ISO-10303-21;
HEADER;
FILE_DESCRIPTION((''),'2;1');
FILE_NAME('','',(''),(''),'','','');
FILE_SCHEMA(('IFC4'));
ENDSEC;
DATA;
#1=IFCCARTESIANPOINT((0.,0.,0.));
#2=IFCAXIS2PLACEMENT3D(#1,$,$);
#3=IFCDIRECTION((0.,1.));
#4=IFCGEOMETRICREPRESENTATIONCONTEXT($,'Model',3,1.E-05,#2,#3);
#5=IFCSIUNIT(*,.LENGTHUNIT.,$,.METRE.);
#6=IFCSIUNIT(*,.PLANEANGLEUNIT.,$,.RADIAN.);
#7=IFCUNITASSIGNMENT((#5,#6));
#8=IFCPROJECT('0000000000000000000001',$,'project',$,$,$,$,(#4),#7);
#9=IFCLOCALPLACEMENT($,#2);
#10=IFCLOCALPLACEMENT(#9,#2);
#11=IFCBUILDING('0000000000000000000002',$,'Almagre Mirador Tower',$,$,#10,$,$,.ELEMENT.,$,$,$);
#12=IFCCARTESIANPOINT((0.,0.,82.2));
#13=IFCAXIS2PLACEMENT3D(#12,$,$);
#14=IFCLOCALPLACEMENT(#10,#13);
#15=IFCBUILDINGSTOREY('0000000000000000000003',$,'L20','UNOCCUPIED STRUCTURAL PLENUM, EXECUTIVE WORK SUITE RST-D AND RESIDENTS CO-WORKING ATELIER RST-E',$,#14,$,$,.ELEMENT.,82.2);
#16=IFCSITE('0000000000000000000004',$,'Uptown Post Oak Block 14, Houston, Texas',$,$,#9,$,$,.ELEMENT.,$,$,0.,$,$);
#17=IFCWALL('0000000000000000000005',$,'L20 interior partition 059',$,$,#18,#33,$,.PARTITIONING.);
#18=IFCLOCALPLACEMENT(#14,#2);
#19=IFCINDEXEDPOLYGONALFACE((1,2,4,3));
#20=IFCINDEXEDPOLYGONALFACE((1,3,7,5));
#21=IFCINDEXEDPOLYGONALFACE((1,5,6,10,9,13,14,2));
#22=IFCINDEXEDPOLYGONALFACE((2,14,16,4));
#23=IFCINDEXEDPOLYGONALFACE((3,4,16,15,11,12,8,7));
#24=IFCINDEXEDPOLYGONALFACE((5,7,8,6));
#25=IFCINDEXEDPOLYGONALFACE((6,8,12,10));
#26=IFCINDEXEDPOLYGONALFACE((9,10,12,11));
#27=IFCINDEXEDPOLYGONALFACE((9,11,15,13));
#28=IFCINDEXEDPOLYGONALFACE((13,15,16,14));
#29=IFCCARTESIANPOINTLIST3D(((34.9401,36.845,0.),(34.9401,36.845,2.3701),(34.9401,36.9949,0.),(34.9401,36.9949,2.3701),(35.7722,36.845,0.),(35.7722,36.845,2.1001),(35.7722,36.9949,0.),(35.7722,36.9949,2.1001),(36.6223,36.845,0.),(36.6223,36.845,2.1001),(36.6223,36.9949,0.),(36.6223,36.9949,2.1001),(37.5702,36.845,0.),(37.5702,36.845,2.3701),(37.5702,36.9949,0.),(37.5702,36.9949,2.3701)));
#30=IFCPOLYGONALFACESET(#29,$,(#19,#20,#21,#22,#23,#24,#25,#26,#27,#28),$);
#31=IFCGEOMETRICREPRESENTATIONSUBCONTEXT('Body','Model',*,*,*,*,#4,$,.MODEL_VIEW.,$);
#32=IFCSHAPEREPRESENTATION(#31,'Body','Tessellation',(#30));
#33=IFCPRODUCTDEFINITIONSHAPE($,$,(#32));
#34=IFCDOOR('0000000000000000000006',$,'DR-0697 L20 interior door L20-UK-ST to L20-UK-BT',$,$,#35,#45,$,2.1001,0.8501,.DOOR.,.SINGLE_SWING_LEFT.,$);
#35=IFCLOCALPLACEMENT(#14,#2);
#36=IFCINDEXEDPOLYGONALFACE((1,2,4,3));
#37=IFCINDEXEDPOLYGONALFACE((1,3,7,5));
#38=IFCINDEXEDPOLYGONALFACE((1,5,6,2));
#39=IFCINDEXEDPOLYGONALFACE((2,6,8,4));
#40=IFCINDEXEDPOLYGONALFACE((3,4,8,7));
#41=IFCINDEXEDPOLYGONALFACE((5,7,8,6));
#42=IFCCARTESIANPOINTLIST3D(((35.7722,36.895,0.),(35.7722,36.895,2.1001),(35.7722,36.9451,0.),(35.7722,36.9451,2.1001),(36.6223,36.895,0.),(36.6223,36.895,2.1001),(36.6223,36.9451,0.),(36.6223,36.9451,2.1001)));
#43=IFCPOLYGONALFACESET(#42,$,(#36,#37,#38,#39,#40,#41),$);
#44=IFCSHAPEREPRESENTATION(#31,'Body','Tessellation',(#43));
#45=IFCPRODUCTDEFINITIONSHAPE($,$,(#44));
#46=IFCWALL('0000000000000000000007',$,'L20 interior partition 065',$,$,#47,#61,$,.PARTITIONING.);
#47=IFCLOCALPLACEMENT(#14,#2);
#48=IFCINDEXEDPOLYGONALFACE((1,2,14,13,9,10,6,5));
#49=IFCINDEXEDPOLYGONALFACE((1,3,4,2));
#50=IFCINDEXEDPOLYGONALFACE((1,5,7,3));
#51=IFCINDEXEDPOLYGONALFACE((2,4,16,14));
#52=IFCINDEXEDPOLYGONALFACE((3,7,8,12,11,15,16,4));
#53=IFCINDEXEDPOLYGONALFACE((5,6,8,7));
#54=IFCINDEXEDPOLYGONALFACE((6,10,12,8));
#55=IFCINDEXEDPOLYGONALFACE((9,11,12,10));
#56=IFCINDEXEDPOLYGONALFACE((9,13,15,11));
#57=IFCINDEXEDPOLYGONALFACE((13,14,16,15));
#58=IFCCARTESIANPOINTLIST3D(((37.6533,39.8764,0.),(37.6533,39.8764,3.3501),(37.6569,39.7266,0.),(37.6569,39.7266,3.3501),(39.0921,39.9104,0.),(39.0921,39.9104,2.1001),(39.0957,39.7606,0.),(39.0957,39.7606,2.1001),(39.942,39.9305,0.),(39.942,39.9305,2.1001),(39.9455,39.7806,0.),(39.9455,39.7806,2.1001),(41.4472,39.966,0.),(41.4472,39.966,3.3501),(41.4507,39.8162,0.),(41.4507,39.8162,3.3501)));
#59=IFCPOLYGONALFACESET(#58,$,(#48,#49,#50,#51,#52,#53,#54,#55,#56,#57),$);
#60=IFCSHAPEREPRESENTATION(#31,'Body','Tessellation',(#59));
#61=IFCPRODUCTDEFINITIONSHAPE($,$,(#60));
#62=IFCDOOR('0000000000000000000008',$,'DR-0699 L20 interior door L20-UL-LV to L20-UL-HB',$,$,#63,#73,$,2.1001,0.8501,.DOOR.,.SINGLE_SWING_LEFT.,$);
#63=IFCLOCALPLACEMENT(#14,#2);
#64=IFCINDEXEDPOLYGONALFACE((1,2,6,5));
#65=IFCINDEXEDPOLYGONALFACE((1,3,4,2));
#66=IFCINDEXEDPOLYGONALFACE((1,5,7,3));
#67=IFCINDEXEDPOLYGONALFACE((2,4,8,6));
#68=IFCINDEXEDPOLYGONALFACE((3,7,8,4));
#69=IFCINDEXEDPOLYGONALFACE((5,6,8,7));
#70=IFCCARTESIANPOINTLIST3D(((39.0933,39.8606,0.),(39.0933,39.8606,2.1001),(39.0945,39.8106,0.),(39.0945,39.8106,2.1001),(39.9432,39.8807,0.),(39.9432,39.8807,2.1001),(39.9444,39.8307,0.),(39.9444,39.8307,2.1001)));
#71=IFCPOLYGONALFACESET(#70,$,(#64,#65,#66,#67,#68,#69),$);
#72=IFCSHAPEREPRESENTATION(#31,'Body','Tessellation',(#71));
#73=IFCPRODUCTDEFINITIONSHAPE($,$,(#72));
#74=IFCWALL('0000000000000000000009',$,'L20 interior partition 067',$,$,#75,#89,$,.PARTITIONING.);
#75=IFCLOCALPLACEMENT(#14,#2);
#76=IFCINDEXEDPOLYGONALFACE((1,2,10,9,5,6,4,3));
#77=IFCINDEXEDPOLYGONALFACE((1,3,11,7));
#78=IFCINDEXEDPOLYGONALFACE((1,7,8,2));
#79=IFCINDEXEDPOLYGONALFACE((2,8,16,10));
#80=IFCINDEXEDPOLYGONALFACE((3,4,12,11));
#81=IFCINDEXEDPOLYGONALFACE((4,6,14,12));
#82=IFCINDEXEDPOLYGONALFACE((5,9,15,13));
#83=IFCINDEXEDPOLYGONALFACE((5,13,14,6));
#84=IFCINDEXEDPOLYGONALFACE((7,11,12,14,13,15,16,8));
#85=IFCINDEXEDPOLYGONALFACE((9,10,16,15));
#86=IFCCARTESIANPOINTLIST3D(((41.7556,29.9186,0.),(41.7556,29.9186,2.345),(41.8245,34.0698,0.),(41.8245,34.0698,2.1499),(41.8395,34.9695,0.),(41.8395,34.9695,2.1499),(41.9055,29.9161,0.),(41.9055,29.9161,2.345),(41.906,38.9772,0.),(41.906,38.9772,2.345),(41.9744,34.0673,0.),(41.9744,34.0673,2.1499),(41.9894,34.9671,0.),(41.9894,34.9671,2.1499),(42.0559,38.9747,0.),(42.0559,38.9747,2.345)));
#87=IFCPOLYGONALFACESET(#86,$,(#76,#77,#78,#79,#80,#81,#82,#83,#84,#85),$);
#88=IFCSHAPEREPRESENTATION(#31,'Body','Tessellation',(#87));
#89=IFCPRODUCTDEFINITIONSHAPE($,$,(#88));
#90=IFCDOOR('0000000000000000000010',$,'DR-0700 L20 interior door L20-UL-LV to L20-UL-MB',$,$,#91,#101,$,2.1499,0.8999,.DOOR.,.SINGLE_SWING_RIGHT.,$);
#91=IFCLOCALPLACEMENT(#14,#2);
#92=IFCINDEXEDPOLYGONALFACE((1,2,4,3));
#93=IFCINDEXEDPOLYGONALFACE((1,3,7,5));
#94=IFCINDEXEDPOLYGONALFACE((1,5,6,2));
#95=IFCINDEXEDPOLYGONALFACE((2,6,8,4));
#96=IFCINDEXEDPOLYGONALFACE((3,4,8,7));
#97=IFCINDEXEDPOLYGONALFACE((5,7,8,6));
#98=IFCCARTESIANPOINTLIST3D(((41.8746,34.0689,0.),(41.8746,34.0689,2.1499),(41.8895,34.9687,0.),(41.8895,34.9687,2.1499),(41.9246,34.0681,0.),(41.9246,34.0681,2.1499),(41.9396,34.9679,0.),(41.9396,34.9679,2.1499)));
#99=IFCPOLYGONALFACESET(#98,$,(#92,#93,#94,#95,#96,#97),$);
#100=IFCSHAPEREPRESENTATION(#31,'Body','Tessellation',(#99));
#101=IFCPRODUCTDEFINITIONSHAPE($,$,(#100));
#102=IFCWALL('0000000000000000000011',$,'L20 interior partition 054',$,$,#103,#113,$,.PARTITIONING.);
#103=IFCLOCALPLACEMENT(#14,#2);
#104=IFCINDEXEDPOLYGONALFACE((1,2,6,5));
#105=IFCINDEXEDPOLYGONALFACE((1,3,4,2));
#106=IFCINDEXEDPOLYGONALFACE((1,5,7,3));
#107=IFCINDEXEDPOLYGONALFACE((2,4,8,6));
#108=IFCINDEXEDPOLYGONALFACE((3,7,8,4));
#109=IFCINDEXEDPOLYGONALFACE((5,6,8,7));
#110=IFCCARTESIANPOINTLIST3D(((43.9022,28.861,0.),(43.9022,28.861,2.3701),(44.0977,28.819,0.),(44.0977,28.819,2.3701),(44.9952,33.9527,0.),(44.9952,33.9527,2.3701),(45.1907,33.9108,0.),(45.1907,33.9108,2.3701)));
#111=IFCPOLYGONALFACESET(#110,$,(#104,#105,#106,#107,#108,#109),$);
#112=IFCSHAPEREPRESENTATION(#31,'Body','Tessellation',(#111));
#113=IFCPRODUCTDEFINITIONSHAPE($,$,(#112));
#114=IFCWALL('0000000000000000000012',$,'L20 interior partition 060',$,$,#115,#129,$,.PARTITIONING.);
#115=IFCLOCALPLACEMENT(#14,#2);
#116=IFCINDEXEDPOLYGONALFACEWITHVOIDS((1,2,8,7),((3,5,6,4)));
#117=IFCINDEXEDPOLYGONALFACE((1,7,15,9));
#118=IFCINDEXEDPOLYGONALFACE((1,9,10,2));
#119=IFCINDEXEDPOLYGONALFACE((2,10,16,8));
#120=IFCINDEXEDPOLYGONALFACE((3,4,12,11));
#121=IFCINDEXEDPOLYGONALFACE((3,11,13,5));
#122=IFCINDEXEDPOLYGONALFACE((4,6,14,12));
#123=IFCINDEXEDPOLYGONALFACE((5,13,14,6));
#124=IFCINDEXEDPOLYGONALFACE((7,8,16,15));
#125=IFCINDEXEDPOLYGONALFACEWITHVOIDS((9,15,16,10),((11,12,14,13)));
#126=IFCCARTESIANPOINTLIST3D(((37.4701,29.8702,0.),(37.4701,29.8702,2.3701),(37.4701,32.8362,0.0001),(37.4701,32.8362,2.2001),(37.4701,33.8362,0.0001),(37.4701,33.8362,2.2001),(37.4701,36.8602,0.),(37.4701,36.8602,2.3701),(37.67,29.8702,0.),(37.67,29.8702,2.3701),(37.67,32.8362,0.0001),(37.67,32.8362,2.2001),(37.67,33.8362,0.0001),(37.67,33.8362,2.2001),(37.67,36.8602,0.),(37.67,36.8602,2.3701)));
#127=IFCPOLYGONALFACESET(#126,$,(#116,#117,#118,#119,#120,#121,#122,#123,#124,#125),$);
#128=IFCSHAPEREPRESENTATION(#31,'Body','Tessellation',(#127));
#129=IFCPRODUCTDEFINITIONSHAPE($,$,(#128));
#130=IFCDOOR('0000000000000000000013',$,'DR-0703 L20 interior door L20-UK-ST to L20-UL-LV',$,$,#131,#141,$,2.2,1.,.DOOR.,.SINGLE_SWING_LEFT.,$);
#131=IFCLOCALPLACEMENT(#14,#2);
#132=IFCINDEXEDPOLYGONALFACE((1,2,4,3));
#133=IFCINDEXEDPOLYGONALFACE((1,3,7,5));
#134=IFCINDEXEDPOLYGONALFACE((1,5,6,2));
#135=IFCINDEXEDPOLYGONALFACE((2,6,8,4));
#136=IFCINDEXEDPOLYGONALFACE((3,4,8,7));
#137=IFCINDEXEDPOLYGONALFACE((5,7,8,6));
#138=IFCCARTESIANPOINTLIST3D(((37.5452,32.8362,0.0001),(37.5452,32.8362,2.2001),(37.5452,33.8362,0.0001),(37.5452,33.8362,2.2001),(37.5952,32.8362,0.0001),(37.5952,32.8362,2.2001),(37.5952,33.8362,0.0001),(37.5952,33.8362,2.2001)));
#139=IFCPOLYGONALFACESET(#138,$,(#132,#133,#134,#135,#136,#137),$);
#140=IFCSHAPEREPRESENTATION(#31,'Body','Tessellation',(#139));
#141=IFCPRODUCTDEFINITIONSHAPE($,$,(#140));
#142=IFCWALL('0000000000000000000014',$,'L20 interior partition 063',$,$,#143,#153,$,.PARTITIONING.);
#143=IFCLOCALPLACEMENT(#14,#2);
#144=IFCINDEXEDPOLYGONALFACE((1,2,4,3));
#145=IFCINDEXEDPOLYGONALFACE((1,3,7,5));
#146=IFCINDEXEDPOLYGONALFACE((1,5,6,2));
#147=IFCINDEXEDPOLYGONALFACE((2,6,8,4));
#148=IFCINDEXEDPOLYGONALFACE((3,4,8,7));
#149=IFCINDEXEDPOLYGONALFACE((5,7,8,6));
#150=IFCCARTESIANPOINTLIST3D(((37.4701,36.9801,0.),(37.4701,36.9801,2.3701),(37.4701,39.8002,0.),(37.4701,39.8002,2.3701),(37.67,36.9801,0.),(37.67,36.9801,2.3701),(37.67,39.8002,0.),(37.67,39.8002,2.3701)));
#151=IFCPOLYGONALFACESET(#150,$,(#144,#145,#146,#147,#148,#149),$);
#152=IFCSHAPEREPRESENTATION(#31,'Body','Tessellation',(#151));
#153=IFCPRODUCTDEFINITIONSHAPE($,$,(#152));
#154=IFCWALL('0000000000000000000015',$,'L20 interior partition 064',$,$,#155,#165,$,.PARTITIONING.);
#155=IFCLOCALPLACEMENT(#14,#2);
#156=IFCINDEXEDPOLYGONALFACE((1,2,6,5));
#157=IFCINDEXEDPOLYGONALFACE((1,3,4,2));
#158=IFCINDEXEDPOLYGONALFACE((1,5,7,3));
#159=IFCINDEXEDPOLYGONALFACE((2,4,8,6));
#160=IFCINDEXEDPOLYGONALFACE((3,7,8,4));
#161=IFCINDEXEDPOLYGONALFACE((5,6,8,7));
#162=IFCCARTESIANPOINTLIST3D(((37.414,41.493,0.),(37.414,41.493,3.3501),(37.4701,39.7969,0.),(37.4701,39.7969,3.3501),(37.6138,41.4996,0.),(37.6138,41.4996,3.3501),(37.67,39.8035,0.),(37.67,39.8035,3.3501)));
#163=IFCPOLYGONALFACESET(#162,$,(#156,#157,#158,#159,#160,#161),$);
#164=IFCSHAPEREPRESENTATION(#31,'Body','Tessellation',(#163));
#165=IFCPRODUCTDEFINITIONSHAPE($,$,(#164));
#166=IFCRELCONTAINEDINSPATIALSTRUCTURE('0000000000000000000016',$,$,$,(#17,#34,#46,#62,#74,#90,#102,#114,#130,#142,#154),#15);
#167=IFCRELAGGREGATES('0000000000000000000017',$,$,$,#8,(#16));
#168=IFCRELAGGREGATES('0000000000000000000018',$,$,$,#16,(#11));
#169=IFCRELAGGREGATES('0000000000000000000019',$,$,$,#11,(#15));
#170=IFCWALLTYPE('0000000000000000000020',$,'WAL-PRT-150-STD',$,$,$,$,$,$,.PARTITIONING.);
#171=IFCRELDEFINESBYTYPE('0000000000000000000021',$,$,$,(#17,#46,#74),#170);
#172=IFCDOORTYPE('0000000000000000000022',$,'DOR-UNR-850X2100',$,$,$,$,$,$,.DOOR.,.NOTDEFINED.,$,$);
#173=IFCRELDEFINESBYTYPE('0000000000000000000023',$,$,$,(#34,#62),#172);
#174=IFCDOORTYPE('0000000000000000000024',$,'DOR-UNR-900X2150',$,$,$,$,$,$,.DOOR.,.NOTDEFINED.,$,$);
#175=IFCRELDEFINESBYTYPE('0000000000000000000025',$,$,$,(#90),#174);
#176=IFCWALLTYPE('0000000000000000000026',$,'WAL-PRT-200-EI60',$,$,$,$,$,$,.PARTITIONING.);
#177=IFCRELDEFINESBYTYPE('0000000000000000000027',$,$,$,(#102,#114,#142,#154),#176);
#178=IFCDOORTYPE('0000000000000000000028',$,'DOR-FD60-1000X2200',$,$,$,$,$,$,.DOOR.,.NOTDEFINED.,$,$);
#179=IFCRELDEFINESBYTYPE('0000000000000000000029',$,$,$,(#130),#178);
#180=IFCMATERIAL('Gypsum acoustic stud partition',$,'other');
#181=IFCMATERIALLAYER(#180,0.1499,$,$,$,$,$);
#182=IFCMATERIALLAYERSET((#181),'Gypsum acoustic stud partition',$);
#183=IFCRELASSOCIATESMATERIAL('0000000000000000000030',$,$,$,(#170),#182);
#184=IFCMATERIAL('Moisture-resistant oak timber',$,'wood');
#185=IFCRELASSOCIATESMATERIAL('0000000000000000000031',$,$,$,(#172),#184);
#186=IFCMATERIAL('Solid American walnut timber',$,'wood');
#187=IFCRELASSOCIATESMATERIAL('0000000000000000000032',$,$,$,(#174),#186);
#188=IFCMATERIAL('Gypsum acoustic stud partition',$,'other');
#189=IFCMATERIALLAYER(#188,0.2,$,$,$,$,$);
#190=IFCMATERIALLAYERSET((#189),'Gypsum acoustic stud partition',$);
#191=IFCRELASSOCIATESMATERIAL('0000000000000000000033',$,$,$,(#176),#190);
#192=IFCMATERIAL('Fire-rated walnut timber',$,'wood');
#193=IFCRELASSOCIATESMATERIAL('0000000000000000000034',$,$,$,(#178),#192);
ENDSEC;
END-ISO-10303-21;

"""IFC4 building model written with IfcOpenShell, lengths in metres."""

from ifc_helpers import new_model, si_unit, direction, frame, frame_2d, origin, place, context, subcontext, project, spatial, rectangle, extrude, material, layer, layer_set, type_object, element, fill, save


model = new_model("IFC4")

# Units and contexts
model_context = context("Model", 3, precision=1e-05, world=origin(), true_north=direction((0.0, 1.0)))
body_context = subcontext(model_context, "Body", "Model", "MODEL_VIEW")
ifc_project = project(units=[si_unit("LENGTHUNIT", "METRE"), si_unit("PLANEANGLEUNIT", "RADIAN")], contexts=[model_context])

# Site, building, storey
site_placement = place(None, origin())
site = spatial("IfcSite", under=ifc_project, at=site_placement, Name="Uptown Post Oak Block 14, Houston, Texas", CompositionType="ELEMENT", RefElevation=0.0)
building_placement = place(site_placement, origin())
building = spatial("IfcBuilding", under=site, at=building_placement, Name="Almagre Mirador Tower", CompositionType="ELEMENT")
storey_placement = place(building_placement, frame((0.0, 0.0, 82.2)))
storey = spatial("IfcBuildingStorey", under=building, at=storey_placement, Name="L20", Description="UNOCCUPIED STRUCTURAL PLENUM, EXECUTIVE WORK SUITE RST-D AND RESIDENTS CO-WORKING ATELIER RST-E", CompositionType="ELEMENT", Elevation=82.2)

# Walls, openings, doors
ifc_material_1 = material(Name="Gypsum acoustic stud partition", Category="other")
ifc_layer_1 = layer(ifc_material_1, 0.1499)
ifc_layer_set_1 = layer_set([ifc_layer_1], Name="Gypsum acoustic stud partition")
wall_type_1 = type_object("IfcWallType", Name="WAL-PRT-150-STD", PredefinedType="PARTITIONING", material=ifc_layer_set_1)
wall_1_placement = place(storey_placement, frame((37.5701, 36.9199, 0.0), z_axis=(0.0, 0.0, 1.0), x_axis=(-1.0, 0.0, 0.0)))
wall_1 = element("IfcWall", 1, at=wall_1_placement, inside=storey, type_object=wall_type_1, Name="L20 interior partition 059", PredefinedType="PARTITIONING", context=body_context, shape_type="SweptSolid", body=[
    extrude(rectangle(XDim=2.6301, YDim=0.1499, at=frame_2d((1.3149, 0.0))), origin(), (0.0, 0.0, 1.0), 2.3701),
])
opening_1_placement = place(wall_1_placement, frame((0.9478, 0.0, 0.0)))
opening_1 = element("IfcOpeningElement", 2, at=opening_1_placement, cuts=wall_1, PredefinedType="OPENING", context=body_context, shape_type="SweptSolid", body=[
    extrude(rectangle(XDim=0.8501, YDim=2.1001, at=frame_2d((0.425, 1.05))), frame((0.0, 0.085, 0.0), z_axis=(0.0, -1.0, 0.0), x_axis=(1.0, 0.0, 0.0)), (0.0, 0.0, 1.0), 0.1699),
])
ifc_material_2 = material(Name="Moisture-resistant oak timber", Category="wood")
door_type_1 = type_object("IfcDoorType", Name="DOR-UNR-850X2100", OperationType="NOTDEFINED", PredefinedType="DOOR", material=ifc_material_2)
door_1_placement = place(opening_1_placement, origin())
door_1 = element("IfcDoor", 3, at=door_1_placement, inside=storey, type_object=door_type_1, Name="DR-0697 L20 interior door L20-UK-ST to L20-UK-BT", OperationType="SINGLE_SWING_LEFT", OverallHeight=2.1001, OverallWidth=0.8501, PredefinedType="DOOR", context=body_context, shape_type="SweptSolid", body=[
    extrude(rectangle(XDim=0.8501, YDim=2.1001, at=frame_2d((0.425, 1.05))), frame((0.0, 0.0249, 0.0), z_axis=(0.0, -1.0, 0.0), x_axis=(1.0, 0.0, 0.0)), (0.0, 0.0, 1.0), 0.05),
])
fill(opening_1, door_1)
wall_2_placement = place(storey_placement, frame((41.449, 39.8911, 0.0), z_axis=(0.0, 0.0, 1.0), x_axis=(-0.999721, -0.02361, 0.0)))
wall_2 = element("IfcWall", 4, at=wall_2_placement, inside=storey, type_object=wall_type_1, Name="L20 interior partition 065", PredefinedType="PARTITIONING", context=body_context, shape_type="SweptSolid", body=[
    extrude(rectangle(XDim=3.7949, YDim=0.1499, at=frame_2d((1.8975, 0.0))), origin(), (0.0, 0.0, 1.0), 3.3501),
])
opening_2_placement = place(wall_2_placement, frame((1.5056, 0.0, 0.0)))
opening_2 = element("IfcOpeningElement", 5, at=opening_2_placement, cuts=wall_2, PredefinedType="OPENING", context=body_context, shape_type="SweptSolid", body=[
    extrude(rectangle(XDim=0.8501, YDim=2.1001, at=frame_2d((0.425, 1.05))), frame((0.0, 0.085, 0.0), z_axis=(0.0, -1.0, 0.0), x_axis=(1.0, 0.0, 0.0)), (0.0, 0.0, 1.0), 0.1699),
])
door_2_placement = place(opening_2_placement, origin())
door_2 = element("IfcDoor", 6, at=door_2_placement, inside=storey, type_object=door_type_1, Name="DR-0699 L20 interior door L20-UL-LV to L20-UL-HB", OperationType="SINGLE_SWING_LEFT", OverallHeight=2.1001, OverallWidth=0.8501, PredefinedType="DOOR", context=body_context, shape_type="SweptSolid", body=[
    extrude(rectangle(XDim=0.8501, YDim=2.1001, at=frame_2d((0.425, 1.05))), frame((0.0, 0.0249, 0.0), z_axis=(0.0, -1.0, 0.0), x_axis=(1.0, 0.0, 0.0)), (0.0, 0.0, 1.0), 0.05),
])
fill(opening_2, door_2)
wall_3_placement = place(storey_placement, frame((41.8306, 29.9175, 0.0), z_axis=(0.0, 0.0, 1.0), x_axis=(0.0166, 0.999862, 0.0)))
wall_3 = element("IfcWall", 7, at=wall_3_placement, inside=storey, type_object=wall_type_1, Name="L20 interior partition 067", PredefinedType="PARTITIONING", context=body_context, shape_type="SweptSolid", body=[
    extrude(rectangle(XDim=9.0598, YDim=0.1499, at=frame_2d((4.5298, 0.0))), origin(), (0.0, 0.0, 1.0), 2.345),
])
opening_3_placement = place(wall_3_placement, frame((4.1516, 0.0, 0.0)))
opening_3 = element("IfcOpeningElement", 8, at=opening_3_placement, cuts=wall_3, PredefinedType="OPENING", context=body_context, shape_type="SweptSolid", body=[
    extrude(rectangle(XDim=0.8999, YDim=2.1499, at=frame_2d((0.45, 1.075))), frame((0.0, 0.085, 0.0), z_axis=(0.0, -1.0, 0.0), x_axis=(1.0, 0.0, 0.0)), (0.0, 0.0, 1.0), 0.1699),
])
ifc_material_3 = material(Name="Solid American walnut timber", Category="wood")
door_type_2 = type_object("IfcDoorType", Name="DOR-UNR-900X2150", OperationType="NOTDEFINED", PredefinedType="DOOR", material=ifc_material_3)
door_3_placement = place(opening_3_placement, origin())
door_3 = element("IfcDoor", 9, at=door_3_placement, inside=storey, type_object=door_type_2, Name="DR-0700 L20 interior door L20-UL-LV to L20-UL-MB", OperationType="SINGLE_SWING_RIGHT", OverallHeight=2.1499, OverallWidth=0.8999, PredefinedType="DOOR", context=body_context, shape_type="SweptSolid", body=[
    extrude(rectangle(XDim=0.8999, YDim=2.1499, at=frame_2d((0.45, 1.075))), frame((0.0, 0.0249, 0.0), z_axis=(0.0, -1.0, 0.0), x_axis=(1.0, 0.0, 0.0)), (0.0, 0.0, 1.0), 0.05),
])
fill(opening_3, door_3)

# Wall
ifc_material_4 = material(Name="Gypsum acoustic stud partition", Category="other")
ifc_layer_2 = layer(ifc_material_4, 0.2)
ifc_layer_set_2 = layer_set([ifc_layer_2], Name="Gypsum acoustic stud partition")
wall_type_2 = type_object("IfcWallType", Name="WAL-PRT-200-EI60", PredefinedType="PARTITIONING", material=ifc_layer_set_2)
wall_4_placement = place(storey_placement, frame((45.093, 33.9319, 0.0), z_axis=(0.0, 0.0, 1.0), x_axis=(-0.209881, -0.977727, 0.0)))
element("IfcWall", 10, at=wall_4_placement, inside=storey, type_object=wall_type_2, Name="L20 interior partition 054", PredefinedType="PARTITIONING", context=body_context, shape_type="SweptSolid", body=[
    extrude(rectangle(XDim=5.2078, YDim=0.2, at=frame_2d((2.604, 0.0))), origin(), (0.0, 0.0, 1.0), 2.3701),
])

# Wall, opening, door
wall_5_placement = place(storey_placement, frame((37.5701, 29.8701, 0.0), z_axis=(0.0, 0.0, 1.0), x_axis=(0.0, 1.0, 0.0)))
wall_5 = element("IfcWall", 11, at=wall_5_placement, inside=storey, type_object=wall_type_2, Name="L20 interior partition 060", PredefinedType="PARTITIONING", context=body_context, shape_type="SweptSolid", body=[
    extrude(rectangle(XDim=6.99, YDim=0.2, at=frame_2d((3.4951, 0.0))), origin(), (0.0, 0.0, 1.0), 2.3701),
])
opening_4_placement = place(wall_5_placement, frame((2.9661, 0.0, 0.0)))
opening_4 = element("IfcOpeningElement", 12, at=opening_4_placement, cuts=wall_5, PredefinedType="OPENING", context=body_context, shape_type="SweptSolid", body=[
    extrude(rectangle(XDim=1.0, YDim=2.2, at=frame_2d((0.5, 1.1001))), frame((0.0, 0.1101, 0.0), z_axis=(0.0, -1.0, 0.0), x_axis=(1.0, 0.0, 0.0)), (0.0, 0.0, 1.0), 0.22),
])
ifc_material_5 = material(Name="Fire-rated walnut timber", Category="wood")
door_type_3 = type_object("IfcDoorType", Name="DOR-FD60-1000X2200", OperationType="NOTDEFINED", PredefinedType="DOOR", material=ifc_material_5)
door_4_placement = place(opening_4_placement, origin())
door_4 = element("IfcDoor", 13, at=door_4_placement, inside=storey, type_object=door_type_3, Name="DR-0703 L20 interior door L20-UK-ST to L20-UL-LV", OperationType="SINGLE_SWING_LEFT", OverallHeight=2.2, OverallWidth=1.0, PredefinedType="DOOR", context=body_context, shape_type="SweptSolid", body=[
    extrude(rectangle(XDim=1.0, YDim=2.2, at=frame_2d((0.5, 1.1001))), frame((0.0, 0.0249, 0.0), z_axis=(0.0, -1.0, 0.0), x_axis=(1.0, 0.0, 0.0)), (0.0, 0.0, 1.0), 0.05),
])
fill(opening_4, door_4)

# Walls
wall_6_placement = place(storey_placement, frame((37.5701, 36.98, 0.0), z_axis=(0.0, 0.0, 1.0), x_axis=(0.0, 1.0, 0.0)))
element("IfcWall", 14, at=wall_6_placement, inside=storey, type_object=wall_type_2, Name="L20 interior partition 063", PredefinedType="PARTITIONING", context=body_context, shape_type="SweptSolid", body=[
    extrude(rectangle(XDim=2.8201, YDim=0.2, at=frame_2d((1.4102, 0.0))), origin(), (0.0, 0.0, 1.0), 2.3701),
])
wall_7_placement = place(storey_placement, frame((37.5701, 39.8, 0.0), z_axis=(0.0, 0.0, 1.0), x_axis=(-0.03309, 0.999452, 0.0)))
element("IfcWall", 15, at=wall_7_placement, inside=storey, type_object=wall_type_2, Name="L20 interior partition 064", PredefinedType="PARTITIONING", context=body_context, shape_type="SweptSolid", body=[
    extrude(rectangle(XDim=1.697, YDim=0.2, at=frame_2d((0.8486, 0.0))), origin(), (0.0, 0.0, 1.0), 3.3501),
])

save(model, "model.ifc")
